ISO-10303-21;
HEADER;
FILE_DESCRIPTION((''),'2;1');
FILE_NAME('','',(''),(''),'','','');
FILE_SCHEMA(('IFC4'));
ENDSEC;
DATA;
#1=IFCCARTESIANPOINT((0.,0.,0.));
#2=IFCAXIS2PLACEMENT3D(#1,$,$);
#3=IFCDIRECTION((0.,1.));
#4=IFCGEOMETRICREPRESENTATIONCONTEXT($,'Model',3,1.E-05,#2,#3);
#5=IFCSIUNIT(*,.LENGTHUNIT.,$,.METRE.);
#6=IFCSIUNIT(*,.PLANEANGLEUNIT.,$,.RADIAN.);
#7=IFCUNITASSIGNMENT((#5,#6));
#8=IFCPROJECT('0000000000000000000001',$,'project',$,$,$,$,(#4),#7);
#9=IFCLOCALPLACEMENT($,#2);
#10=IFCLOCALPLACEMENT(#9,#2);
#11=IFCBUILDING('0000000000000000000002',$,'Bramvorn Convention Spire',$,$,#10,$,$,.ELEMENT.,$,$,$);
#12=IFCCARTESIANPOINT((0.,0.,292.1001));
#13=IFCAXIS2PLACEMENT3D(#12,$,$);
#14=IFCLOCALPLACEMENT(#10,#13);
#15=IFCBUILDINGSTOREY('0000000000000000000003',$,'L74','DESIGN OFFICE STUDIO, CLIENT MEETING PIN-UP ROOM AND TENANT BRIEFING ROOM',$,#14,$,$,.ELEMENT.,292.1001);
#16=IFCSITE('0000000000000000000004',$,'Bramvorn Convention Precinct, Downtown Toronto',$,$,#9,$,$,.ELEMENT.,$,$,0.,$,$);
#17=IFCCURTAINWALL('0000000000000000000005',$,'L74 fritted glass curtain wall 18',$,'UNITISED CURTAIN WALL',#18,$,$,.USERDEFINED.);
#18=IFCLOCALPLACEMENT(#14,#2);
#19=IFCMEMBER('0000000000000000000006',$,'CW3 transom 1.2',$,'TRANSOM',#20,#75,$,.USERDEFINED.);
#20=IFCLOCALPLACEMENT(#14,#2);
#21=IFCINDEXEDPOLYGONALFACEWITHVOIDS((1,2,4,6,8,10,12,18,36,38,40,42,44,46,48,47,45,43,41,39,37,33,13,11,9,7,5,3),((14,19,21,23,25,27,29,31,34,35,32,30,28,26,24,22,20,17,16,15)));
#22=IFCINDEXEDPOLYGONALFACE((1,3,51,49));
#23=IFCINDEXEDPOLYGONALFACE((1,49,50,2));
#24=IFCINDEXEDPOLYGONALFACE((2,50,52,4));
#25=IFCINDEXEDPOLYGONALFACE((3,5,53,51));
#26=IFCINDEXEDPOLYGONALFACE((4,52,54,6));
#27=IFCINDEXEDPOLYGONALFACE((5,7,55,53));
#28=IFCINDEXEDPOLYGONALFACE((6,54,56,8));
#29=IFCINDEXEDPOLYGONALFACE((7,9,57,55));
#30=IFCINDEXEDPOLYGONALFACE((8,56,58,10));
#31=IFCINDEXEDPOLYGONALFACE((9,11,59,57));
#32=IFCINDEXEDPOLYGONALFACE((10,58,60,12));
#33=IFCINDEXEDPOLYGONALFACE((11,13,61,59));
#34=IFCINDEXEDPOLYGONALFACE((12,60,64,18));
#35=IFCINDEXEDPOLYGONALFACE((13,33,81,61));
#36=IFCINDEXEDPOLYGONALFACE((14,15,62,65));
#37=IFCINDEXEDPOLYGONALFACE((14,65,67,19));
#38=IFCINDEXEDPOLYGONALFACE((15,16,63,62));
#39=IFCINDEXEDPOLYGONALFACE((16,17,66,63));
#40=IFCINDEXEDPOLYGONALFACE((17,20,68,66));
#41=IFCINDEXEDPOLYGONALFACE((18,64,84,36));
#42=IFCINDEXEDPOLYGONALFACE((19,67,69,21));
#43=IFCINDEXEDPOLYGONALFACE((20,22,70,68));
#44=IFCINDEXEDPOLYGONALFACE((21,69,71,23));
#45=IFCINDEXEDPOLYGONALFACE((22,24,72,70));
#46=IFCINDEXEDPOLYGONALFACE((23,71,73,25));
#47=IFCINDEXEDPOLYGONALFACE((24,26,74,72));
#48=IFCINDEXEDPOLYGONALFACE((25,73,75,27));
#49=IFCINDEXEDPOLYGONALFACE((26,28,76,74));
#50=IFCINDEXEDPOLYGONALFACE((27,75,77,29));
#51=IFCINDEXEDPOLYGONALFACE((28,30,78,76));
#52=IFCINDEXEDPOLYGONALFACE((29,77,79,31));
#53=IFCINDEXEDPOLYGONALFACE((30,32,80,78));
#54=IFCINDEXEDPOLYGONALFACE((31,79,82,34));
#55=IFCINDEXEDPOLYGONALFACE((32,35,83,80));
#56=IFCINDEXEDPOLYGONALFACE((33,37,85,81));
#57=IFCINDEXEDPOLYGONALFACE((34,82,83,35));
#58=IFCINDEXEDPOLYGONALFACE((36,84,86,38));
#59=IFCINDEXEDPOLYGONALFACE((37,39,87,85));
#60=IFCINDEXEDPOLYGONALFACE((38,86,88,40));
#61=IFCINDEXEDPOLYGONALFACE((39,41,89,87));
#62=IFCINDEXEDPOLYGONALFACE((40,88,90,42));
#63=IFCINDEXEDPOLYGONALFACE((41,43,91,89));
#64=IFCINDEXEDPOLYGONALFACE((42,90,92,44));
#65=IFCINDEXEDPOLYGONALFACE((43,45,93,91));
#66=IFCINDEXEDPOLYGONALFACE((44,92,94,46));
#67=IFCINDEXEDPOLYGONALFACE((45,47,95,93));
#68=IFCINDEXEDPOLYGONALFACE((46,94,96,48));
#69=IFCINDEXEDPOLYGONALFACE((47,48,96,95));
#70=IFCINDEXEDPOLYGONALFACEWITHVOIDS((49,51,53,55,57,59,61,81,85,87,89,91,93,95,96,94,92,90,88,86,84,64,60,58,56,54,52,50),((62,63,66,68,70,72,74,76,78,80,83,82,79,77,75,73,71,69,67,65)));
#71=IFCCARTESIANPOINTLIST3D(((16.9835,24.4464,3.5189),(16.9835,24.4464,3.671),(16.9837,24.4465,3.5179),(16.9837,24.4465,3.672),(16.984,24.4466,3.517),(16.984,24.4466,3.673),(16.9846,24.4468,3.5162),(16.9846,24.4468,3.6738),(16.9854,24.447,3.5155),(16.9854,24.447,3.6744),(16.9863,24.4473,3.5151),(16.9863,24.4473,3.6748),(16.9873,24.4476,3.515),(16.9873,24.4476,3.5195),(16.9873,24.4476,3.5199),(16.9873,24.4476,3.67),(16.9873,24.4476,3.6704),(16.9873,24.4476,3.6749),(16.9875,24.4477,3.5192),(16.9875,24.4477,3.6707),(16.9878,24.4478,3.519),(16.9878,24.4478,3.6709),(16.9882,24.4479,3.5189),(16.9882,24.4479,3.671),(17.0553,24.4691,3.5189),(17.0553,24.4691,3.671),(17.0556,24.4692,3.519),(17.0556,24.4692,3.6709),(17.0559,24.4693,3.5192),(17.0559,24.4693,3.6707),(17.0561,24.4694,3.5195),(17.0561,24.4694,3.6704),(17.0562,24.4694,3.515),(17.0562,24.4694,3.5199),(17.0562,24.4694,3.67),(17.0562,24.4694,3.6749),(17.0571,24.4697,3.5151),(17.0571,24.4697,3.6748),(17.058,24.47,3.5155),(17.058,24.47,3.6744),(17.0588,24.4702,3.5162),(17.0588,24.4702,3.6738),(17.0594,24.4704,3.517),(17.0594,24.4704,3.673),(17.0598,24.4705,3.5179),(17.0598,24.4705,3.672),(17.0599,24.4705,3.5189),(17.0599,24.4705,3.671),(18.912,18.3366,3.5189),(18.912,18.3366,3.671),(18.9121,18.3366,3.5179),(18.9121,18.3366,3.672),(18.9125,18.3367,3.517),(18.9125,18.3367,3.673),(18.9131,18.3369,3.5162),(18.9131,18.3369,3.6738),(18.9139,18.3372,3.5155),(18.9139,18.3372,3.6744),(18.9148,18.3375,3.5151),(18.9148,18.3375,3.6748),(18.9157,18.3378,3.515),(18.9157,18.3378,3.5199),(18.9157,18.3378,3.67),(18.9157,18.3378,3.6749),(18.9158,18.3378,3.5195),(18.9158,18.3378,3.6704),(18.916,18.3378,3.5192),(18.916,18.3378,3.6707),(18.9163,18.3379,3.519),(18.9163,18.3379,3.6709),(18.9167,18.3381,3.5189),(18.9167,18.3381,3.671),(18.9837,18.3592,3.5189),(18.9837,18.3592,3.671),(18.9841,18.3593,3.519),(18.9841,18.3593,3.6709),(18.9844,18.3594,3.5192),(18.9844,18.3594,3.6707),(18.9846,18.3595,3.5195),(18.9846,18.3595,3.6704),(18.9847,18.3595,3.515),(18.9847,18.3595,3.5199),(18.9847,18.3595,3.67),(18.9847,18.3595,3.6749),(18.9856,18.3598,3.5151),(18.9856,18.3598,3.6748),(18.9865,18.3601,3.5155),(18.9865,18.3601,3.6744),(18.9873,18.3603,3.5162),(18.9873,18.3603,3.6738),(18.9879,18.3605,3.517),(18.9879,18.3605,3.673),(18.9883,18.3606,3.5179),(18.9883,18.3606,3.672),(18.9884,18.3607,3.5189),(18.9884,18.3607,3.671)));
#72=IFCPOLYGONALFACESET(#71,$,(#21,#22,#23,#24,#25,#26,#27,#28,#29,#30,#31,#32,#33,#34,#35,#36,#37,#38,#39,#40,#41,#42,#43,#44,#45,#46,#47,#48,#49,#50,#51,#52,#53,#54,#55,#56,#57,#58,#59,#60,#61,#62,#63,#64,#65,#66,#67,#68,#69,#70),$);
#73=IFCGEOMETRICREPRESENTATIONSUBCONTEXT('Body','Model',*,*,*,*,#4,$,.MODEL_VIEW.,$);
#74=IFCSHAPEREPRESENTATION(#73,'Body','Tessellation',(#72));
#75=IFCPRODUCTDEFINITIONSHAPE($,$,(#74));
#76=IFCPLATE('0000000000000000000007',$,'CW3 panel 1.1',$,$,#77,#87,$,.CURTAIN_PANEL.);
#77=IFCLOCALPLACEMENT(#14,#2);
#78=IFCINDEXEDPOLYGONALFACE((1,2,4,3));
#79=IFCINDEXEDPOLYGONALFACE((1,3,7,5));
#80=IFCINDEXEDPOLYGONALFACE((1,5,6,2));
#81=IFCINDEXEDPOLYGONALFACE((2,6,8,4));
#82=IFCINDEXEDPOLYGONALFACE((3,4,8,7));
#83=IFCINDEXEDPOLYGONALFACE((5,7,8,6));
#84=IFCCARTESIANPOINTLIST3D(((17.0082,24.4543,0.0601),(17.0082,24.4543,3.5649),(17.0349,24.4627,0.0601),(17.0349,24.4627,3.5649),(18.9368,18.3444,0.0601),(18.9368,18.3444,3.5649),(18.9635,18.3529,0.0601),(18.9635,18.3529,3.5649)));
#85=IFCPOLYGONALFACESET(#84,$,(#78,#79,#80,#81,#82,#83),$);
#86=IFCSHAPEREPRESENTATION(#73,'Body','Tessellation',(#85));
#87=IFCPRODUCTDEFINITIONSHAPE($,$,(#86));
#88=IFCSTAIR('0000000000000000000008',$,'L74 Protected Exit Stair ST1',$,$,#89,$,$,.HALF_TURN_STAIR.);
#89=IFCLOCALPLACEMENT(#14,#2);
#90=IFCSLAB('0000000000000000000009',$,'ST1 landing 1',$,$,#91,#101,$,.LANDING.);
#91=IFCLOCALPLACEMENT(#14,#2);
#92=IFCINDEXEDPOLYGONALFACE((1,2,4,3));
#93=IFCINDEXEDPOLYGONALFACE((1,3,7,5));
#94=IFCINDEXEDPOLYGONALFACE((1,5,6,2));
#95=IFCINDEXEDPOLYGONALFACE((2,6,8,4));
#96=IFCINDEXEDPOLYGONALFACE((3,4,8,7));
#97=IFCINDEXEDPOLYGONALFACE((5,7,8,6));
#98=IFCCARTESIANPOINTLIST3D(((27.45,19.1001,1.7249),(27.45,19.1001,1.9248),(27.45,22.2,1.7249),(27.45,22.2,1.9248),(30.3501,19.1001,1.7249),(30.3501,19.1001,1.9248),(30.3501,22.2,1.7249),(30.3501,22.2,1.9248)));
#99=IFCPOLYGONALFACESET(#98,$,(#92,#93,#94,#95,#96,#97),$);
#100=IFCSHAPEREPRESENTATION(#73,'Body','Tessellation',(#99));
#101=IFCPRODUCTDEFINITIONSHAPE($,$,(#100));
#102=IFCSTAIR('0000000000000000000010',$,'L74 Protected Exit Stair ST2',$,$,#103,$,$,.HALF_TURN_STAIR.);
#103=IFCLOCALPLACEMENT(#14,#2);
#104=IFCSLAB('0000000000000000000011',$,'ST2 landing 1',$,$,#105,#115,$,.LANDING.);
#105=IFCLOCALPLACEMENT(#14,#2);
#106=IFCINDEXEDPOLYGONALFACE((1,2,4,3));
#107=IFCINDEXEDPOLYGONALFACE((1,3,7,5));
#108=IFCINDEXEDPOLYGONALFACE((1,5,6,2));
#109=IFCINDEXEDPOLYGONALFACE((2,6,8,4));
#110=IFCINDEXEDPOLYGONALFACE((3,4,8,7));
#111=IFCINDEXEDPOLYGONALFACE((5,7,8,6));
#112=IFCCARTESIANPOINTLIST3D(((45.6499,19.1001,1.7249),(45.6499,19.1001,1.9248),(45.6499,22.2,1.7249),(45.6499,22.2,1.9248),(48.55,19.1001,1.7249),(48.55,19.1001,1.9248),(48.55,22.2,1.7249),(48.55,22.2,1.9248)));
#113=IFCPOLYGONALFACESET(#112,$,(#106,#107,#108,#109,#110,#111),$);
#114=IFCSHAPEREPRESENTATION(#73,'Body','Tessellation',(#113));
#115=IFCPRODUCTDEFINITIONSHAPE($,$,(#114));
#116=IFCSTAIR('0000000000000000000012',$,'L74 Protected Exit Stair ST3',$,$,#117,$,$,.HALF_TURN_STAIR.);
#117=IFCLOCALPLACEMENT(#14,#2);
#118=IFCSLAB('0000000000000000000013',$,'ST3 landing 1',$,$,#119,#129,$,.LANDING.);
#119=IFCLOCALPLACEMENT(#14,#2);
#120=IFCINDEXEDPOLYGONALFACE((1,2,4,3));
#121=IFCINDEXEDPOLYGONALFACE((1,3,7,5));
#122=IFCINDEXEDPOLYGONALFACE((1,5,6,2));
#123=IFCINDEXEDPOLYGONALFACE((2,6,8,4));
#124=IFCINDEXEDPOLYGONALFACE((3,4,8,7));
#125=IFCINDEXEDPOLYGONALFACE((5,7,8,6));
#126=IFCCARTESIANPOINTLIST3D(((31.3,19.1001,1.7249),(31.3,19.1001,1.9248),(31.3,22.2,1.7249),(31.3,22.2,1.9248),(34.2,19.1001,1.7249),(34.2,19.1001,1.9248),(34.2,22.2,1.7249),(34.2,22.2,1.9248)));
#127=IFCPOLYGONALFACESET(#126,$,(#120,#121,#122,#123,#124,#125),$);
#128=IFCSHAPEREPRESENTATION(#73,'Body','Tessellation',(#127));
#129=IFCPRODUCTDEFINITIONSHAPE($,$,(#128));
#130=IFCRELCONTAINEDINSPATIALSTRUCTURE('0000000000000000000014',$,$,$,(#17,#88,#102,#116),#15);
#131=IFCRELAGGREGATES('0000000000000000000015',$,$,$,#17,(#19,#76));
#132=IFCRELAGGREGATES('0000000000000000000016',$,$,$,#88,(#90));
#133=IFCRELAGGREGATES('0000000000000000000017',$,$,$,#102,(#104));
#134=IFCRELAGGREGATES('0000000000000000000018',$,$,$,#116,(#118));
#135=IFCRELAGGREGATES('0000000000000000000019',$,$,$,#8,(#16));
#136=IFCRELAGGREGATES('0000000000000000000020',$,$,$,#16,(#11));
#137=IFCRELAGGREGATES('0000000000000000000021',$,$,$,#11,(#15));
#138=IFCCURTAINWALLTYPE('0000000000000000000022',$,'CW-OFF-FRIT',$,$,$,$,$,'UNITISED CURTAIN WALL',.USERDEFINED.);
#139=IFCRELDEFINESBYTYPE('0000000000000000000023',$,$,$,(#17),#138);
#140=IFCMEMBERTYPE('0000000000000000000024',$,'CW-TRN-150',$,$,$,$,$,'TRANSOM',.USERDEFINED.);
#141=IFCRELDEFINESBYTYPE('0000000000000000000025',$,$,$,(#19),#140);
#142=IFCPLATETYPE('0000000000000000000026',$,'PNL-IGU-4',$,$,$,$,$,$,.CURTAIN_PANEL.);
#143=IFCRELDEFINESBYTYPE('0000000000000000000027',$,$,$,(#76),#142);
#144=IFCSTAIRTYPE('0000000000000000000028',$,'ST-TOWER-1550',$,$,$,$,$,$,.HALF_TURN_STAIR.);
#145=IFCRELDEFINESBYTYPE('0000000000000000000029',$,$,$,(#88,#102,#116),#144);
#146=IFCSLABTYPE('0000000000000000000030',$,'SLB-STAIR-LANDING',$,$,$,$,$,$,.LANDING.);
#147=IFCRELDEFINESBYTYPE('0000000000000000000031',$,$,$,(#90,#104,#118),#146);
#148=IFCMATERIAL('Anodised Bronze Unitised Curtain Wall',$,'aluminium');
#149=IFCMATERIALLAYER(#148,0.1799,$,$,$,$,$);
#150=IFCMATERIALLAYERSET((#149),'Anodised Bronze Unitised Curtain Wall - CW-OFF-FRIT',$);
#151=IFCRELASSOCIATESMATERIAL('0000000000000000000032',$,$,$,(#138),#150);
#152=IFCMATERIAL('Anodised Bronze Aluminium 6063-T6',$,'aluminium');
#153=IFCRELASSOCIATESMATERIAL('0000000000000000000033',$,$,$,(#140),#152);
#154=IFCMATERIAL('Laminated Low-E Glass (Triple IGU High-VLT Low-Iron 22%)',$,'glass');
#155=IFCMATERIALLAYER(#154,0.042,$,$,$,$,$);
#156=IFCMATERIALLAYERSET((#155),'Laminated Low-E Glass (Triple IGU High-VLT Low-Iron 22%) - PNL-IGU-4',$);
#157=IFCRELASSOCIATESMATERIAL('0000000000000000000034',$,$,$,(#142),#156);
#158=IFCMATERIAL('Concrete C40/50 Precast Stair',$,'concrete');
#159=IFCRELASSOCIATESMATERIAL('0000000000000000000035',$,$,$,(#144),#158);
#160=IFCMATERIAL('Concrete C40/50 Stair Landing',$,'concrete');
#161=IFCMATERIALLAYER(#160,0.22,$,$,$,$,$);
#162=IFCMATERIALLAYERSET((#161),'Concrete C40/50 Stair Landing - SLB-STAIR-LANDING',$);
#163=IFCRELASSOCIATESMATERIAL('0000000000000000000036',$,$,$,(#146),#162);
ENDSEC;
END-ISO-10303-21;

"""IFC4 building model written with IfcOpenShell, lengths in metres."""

from ifc_helpers import new_model, si_unit, direction, frame, origin, origin_2d, place, context, subcontext, project, spatial, polyline, rectangle, hollow_rectangle, outline, extrude, material, layer, layer_set, material_profile, profile_set, type_object, element, aggregate, save


model = new_model("IFC4")

# Units and contexts
model_context = context("Model", 3, precision=1e-05, world=origin(), true_north=direction((0.0, 1.0)))
body_context = subcontext(model_context, "Body", "Model", "MODEL_VIEW")
ifc_project = project(units=[si_unit("LENGTHUNIT", "METRE"), si_unit("PLANEANGLEUNIT", "RADIAN")], contexts=[model_context])

# Site, building, storey
site_placement = place(None, origin())
site = spatial("IfcSite", under=ifc_project, at=site_placement, Name="Bramvorn Convention Precinct, Downtown Toronto", CompositionType="ELEMENT", RefElevation=0.0)
building_placement = place(site_placement, origin())
building = spatial("IfcBuilding", under=site, at=building_placement, Name="Bramvorn Convention Spire", CompositionType="ELEMENT")
storey_placement = place(building_placement, frame((0.0, 0.0, 292.1001)))
storey = spatial("IfcBuildingStorey", under=building, at=storey_placement, Name="L74", Description="DESIGN OFFICE STUDIO, CLIENT MEETING PIN-UP ROOM AND TENANT BRIEFING ROOM", CompositionType="ELEMENT", Elevation=292.1001)

# Curtain wall
ifc_material_1 = material(Name="Anodised Bronze Unitised Curtain Wall", Category="aluminium")
ifc_layer_1 = layer(ifc_material_1, 0.1799)
ifc_layer_set_1 = layer_set([ifc_layer_1], Name="Anodised Bronze Unitised Curtain Wall - CW-OFF-FRIT")
curtain_wall_type = type_object("IfcCurtainWallType", Name="CW-OFF-FRIT", ElementType="UNITISED CURTAIN WALL", PredefinedType="USERDEFINED", material=ifc_layer_set_1)
ifc_material_2 = material(Name="Anodised Bronze Aluminium 6063-T6", Category="aluminium")
curtain_wall_1_placement = place(storey_placement, origin())
curtain_wall_1 = element("IfcCurtainWall", 1, at=curtain_wall_1_placement, inside=storey, type_object=curtain_wall_type, Name="L74 fritted glass curtain wall 18", ObjectType="UNITISED CURTAIN WALL", PredefinedType="USERDEFINED")

# Member
ifc_material_profile_1 = material_profile(ifc_material_2, hollow_rectangle(XDim=0.0801, YDim=0.1599, WallThickness=0.0039, InnerFilletRadius=0.001, OuterFilletRadius=0.0039, at=origin_2d()))
ifc_profile_set_1 = profile_set([ifc_material_profile_1], Name="Anodised Bronze Aluminium 6063-T6 - CWT80X160")
member_type_1 = type_object("IfcMemberType", Name="CW-TRN-150", ElementType="TRANSOM", PredefinedType="USERDEFINED", material=ifc_profile_set_1)
member_1_placement = place(storey_placement, frame((18.9502, 18.3486, 3.595), z_axis=(-0.300995, 0.953626, 0.0), x_axis=(-0.953626, -0.300995, 0.0)))
member_1 = element("IfcMember", 2, at=member_1_placement, type_object=member_type_1, Name="CW3 transom 1.2", ObjectType="TRANSOM", PredefinedType="USERDEFINED", context=body_context, shape_type="SweptSolid", body=[
    extrude(hollow_rectangle(XDim=0.0801, YDim=0.1599, WallThickness=0.0039, InnerFilletRadius=0.001, OuterFilletRadius=0.0039, at=origin_2d()), origin(), (0.0, 0.0, 1.0), 6.407),
])

# Plate
ifc_material_3 = material(Name="Laminated Low-E Glass (Triple IGU High-VLT Low-Iron 22%)", Category="glass")
ifc_layer_2 = layer(ifc_material_3, 0.042)
ifc_layer_set_2 = layer_set([ifc_layer_2], Name="Laminated Low-E Glass (Triple IGU High-VLT Low-Iron 22%) - PNL-IGU-4")
plate_type = type_object("IfcPlateType", Name="PNL-IGU-4", PredefinedType="CURTAIN_PANEL", material=ifc_layer_set_2)
plate_placement = place(storey_placement, frame((17.9858, 21.4036, 0.0601), z_axis=(0.0, 0.0, 1.0), x_axis=(-0.301015, 0.953619, 0.0)))
plate = element("IfcPlate", 3, at=plate_placement, type_object=plate_type, Name="CW3 panel 1.1", PredefinedType="CURTAIN_PANEL", context=body_context, shape_type="SweptSolid", body=[
    extrude(rectangle(XDim=6.407, YDim=0.0281, at=origin_2d()), origin(), (0.0, 0.0, 1.0), 3.5049),
])
aggregate(curtain_wall_1, [member_1, plate])

# Stairs, slabs
ifc_material_4 = material(Name="Concrete C40/50 Precast Stair", Category="concrete")
stair_type = type_object("IfcStairType", Name="ST-TOWER-1550", PredefinedType="HALF_TURN_STAIR", material=ifc_material_4)
stair_1_placement = place(storey_placement, origin())
stair_1 = element("IfcStair", 4, at=stair_1_placement, inside=storey, type_object=stair_type, Name="L74 Protected Exit Stair ST1", PredefinedType="HALF_TURN_STAIR")
ifc_material_5 = material(Name="Concrete C40/50 Stair Landing", Category="concrete")
ifc_layer_3 = layer(ifc_material_5, 0.22)
ifc_layer_set_3 = layer_set([ifc_layer_3], Name="Concrete C40/50 Stair Landing - SLB-STAIR-LANDING")
slab_type_1 = type_object("IfcSlabType", Name="SLB-STAIR-LANDING", PredefinedType="LANDING", material=ifc_layer_set_3)
slab_1_placement = place(storey_placement, frame((0.0, 0.0, 1.7249)))
slab_1 = element("IfcSlab", 5, at=slab_1_placement, type_object=slab_type_1, Name="ST1 landing 1", PredefinedType="LANDING", context=body_context, shape_type="SweptSolid", body=[
    extrude(outline(polyline([(27.45, 22.2), (27.45, 19.1001), (30.3501, 19.1001), (30.3501, 22.2), (27.45, 22.2)])), origin(), (0.0, 0.0, 1.0), 0.2),
])
aggregate(stair_1, [slab_1])
stair_2_placement = place(storey_placement, origin())
stair_2 = element("IfcStair", 6, at=stair_2_placement, inside=storey, type_object=stair_type, Name="L74 Protected Exit Stair ST2", PredefinedType="HALF_TURN_STAIR")
slab_2_placement = place(storey_placement, frame((0.0, 0.0, 1.7249)))
slab_2 = element("IfcSlab", 7, at=slab_2_placement, type_object=slab_type_1, Name="ST2 landing 1", PredefinedType="LANDING", context=body_context, shape_type="SweptSolid", body=[
    extrude(outline(polyline([(45.6499, 22.2), (45.6499, 19.1001), (48.55, 19.1001), (48.55, 22.2), (45.6499, 22.2)])), origin(), (0.0, 0.0, 1.0), 0.2),
])
aggregate(stair_2, [slab_2])
stair_3_placement = place(storey_placement, origin())
stair_3 = element("IfcStair", 8, at=stair_3_placement, inside=storey, type_object=stair_type, Name="L74 Protected Exit Stair ST3", PredefinedType="HALF_TURN_STAIR")
slab_3_placement = place(storey_placement, frame((0.0, 0.0, 1.7249)))
slab_3 = element("IfcSlab", 9, at=slab_3_placement, type_object=slab_type_1, Name="ST3 landing 1", PredefinedType="LANDING", context=body_context, shape_type="SweptSolid", body=[
    extrude(outline(polyline([(31.3, 22.2), (31.3, 19.1001), (34.2, 19.1001), (34.2, 22.2), (31.3, 22.2)])), origin(), (0.0, 0.0, 1.0), 0.2),
])
aggregate(stair_3, [slab_3])

save(model, "model.ifc")
